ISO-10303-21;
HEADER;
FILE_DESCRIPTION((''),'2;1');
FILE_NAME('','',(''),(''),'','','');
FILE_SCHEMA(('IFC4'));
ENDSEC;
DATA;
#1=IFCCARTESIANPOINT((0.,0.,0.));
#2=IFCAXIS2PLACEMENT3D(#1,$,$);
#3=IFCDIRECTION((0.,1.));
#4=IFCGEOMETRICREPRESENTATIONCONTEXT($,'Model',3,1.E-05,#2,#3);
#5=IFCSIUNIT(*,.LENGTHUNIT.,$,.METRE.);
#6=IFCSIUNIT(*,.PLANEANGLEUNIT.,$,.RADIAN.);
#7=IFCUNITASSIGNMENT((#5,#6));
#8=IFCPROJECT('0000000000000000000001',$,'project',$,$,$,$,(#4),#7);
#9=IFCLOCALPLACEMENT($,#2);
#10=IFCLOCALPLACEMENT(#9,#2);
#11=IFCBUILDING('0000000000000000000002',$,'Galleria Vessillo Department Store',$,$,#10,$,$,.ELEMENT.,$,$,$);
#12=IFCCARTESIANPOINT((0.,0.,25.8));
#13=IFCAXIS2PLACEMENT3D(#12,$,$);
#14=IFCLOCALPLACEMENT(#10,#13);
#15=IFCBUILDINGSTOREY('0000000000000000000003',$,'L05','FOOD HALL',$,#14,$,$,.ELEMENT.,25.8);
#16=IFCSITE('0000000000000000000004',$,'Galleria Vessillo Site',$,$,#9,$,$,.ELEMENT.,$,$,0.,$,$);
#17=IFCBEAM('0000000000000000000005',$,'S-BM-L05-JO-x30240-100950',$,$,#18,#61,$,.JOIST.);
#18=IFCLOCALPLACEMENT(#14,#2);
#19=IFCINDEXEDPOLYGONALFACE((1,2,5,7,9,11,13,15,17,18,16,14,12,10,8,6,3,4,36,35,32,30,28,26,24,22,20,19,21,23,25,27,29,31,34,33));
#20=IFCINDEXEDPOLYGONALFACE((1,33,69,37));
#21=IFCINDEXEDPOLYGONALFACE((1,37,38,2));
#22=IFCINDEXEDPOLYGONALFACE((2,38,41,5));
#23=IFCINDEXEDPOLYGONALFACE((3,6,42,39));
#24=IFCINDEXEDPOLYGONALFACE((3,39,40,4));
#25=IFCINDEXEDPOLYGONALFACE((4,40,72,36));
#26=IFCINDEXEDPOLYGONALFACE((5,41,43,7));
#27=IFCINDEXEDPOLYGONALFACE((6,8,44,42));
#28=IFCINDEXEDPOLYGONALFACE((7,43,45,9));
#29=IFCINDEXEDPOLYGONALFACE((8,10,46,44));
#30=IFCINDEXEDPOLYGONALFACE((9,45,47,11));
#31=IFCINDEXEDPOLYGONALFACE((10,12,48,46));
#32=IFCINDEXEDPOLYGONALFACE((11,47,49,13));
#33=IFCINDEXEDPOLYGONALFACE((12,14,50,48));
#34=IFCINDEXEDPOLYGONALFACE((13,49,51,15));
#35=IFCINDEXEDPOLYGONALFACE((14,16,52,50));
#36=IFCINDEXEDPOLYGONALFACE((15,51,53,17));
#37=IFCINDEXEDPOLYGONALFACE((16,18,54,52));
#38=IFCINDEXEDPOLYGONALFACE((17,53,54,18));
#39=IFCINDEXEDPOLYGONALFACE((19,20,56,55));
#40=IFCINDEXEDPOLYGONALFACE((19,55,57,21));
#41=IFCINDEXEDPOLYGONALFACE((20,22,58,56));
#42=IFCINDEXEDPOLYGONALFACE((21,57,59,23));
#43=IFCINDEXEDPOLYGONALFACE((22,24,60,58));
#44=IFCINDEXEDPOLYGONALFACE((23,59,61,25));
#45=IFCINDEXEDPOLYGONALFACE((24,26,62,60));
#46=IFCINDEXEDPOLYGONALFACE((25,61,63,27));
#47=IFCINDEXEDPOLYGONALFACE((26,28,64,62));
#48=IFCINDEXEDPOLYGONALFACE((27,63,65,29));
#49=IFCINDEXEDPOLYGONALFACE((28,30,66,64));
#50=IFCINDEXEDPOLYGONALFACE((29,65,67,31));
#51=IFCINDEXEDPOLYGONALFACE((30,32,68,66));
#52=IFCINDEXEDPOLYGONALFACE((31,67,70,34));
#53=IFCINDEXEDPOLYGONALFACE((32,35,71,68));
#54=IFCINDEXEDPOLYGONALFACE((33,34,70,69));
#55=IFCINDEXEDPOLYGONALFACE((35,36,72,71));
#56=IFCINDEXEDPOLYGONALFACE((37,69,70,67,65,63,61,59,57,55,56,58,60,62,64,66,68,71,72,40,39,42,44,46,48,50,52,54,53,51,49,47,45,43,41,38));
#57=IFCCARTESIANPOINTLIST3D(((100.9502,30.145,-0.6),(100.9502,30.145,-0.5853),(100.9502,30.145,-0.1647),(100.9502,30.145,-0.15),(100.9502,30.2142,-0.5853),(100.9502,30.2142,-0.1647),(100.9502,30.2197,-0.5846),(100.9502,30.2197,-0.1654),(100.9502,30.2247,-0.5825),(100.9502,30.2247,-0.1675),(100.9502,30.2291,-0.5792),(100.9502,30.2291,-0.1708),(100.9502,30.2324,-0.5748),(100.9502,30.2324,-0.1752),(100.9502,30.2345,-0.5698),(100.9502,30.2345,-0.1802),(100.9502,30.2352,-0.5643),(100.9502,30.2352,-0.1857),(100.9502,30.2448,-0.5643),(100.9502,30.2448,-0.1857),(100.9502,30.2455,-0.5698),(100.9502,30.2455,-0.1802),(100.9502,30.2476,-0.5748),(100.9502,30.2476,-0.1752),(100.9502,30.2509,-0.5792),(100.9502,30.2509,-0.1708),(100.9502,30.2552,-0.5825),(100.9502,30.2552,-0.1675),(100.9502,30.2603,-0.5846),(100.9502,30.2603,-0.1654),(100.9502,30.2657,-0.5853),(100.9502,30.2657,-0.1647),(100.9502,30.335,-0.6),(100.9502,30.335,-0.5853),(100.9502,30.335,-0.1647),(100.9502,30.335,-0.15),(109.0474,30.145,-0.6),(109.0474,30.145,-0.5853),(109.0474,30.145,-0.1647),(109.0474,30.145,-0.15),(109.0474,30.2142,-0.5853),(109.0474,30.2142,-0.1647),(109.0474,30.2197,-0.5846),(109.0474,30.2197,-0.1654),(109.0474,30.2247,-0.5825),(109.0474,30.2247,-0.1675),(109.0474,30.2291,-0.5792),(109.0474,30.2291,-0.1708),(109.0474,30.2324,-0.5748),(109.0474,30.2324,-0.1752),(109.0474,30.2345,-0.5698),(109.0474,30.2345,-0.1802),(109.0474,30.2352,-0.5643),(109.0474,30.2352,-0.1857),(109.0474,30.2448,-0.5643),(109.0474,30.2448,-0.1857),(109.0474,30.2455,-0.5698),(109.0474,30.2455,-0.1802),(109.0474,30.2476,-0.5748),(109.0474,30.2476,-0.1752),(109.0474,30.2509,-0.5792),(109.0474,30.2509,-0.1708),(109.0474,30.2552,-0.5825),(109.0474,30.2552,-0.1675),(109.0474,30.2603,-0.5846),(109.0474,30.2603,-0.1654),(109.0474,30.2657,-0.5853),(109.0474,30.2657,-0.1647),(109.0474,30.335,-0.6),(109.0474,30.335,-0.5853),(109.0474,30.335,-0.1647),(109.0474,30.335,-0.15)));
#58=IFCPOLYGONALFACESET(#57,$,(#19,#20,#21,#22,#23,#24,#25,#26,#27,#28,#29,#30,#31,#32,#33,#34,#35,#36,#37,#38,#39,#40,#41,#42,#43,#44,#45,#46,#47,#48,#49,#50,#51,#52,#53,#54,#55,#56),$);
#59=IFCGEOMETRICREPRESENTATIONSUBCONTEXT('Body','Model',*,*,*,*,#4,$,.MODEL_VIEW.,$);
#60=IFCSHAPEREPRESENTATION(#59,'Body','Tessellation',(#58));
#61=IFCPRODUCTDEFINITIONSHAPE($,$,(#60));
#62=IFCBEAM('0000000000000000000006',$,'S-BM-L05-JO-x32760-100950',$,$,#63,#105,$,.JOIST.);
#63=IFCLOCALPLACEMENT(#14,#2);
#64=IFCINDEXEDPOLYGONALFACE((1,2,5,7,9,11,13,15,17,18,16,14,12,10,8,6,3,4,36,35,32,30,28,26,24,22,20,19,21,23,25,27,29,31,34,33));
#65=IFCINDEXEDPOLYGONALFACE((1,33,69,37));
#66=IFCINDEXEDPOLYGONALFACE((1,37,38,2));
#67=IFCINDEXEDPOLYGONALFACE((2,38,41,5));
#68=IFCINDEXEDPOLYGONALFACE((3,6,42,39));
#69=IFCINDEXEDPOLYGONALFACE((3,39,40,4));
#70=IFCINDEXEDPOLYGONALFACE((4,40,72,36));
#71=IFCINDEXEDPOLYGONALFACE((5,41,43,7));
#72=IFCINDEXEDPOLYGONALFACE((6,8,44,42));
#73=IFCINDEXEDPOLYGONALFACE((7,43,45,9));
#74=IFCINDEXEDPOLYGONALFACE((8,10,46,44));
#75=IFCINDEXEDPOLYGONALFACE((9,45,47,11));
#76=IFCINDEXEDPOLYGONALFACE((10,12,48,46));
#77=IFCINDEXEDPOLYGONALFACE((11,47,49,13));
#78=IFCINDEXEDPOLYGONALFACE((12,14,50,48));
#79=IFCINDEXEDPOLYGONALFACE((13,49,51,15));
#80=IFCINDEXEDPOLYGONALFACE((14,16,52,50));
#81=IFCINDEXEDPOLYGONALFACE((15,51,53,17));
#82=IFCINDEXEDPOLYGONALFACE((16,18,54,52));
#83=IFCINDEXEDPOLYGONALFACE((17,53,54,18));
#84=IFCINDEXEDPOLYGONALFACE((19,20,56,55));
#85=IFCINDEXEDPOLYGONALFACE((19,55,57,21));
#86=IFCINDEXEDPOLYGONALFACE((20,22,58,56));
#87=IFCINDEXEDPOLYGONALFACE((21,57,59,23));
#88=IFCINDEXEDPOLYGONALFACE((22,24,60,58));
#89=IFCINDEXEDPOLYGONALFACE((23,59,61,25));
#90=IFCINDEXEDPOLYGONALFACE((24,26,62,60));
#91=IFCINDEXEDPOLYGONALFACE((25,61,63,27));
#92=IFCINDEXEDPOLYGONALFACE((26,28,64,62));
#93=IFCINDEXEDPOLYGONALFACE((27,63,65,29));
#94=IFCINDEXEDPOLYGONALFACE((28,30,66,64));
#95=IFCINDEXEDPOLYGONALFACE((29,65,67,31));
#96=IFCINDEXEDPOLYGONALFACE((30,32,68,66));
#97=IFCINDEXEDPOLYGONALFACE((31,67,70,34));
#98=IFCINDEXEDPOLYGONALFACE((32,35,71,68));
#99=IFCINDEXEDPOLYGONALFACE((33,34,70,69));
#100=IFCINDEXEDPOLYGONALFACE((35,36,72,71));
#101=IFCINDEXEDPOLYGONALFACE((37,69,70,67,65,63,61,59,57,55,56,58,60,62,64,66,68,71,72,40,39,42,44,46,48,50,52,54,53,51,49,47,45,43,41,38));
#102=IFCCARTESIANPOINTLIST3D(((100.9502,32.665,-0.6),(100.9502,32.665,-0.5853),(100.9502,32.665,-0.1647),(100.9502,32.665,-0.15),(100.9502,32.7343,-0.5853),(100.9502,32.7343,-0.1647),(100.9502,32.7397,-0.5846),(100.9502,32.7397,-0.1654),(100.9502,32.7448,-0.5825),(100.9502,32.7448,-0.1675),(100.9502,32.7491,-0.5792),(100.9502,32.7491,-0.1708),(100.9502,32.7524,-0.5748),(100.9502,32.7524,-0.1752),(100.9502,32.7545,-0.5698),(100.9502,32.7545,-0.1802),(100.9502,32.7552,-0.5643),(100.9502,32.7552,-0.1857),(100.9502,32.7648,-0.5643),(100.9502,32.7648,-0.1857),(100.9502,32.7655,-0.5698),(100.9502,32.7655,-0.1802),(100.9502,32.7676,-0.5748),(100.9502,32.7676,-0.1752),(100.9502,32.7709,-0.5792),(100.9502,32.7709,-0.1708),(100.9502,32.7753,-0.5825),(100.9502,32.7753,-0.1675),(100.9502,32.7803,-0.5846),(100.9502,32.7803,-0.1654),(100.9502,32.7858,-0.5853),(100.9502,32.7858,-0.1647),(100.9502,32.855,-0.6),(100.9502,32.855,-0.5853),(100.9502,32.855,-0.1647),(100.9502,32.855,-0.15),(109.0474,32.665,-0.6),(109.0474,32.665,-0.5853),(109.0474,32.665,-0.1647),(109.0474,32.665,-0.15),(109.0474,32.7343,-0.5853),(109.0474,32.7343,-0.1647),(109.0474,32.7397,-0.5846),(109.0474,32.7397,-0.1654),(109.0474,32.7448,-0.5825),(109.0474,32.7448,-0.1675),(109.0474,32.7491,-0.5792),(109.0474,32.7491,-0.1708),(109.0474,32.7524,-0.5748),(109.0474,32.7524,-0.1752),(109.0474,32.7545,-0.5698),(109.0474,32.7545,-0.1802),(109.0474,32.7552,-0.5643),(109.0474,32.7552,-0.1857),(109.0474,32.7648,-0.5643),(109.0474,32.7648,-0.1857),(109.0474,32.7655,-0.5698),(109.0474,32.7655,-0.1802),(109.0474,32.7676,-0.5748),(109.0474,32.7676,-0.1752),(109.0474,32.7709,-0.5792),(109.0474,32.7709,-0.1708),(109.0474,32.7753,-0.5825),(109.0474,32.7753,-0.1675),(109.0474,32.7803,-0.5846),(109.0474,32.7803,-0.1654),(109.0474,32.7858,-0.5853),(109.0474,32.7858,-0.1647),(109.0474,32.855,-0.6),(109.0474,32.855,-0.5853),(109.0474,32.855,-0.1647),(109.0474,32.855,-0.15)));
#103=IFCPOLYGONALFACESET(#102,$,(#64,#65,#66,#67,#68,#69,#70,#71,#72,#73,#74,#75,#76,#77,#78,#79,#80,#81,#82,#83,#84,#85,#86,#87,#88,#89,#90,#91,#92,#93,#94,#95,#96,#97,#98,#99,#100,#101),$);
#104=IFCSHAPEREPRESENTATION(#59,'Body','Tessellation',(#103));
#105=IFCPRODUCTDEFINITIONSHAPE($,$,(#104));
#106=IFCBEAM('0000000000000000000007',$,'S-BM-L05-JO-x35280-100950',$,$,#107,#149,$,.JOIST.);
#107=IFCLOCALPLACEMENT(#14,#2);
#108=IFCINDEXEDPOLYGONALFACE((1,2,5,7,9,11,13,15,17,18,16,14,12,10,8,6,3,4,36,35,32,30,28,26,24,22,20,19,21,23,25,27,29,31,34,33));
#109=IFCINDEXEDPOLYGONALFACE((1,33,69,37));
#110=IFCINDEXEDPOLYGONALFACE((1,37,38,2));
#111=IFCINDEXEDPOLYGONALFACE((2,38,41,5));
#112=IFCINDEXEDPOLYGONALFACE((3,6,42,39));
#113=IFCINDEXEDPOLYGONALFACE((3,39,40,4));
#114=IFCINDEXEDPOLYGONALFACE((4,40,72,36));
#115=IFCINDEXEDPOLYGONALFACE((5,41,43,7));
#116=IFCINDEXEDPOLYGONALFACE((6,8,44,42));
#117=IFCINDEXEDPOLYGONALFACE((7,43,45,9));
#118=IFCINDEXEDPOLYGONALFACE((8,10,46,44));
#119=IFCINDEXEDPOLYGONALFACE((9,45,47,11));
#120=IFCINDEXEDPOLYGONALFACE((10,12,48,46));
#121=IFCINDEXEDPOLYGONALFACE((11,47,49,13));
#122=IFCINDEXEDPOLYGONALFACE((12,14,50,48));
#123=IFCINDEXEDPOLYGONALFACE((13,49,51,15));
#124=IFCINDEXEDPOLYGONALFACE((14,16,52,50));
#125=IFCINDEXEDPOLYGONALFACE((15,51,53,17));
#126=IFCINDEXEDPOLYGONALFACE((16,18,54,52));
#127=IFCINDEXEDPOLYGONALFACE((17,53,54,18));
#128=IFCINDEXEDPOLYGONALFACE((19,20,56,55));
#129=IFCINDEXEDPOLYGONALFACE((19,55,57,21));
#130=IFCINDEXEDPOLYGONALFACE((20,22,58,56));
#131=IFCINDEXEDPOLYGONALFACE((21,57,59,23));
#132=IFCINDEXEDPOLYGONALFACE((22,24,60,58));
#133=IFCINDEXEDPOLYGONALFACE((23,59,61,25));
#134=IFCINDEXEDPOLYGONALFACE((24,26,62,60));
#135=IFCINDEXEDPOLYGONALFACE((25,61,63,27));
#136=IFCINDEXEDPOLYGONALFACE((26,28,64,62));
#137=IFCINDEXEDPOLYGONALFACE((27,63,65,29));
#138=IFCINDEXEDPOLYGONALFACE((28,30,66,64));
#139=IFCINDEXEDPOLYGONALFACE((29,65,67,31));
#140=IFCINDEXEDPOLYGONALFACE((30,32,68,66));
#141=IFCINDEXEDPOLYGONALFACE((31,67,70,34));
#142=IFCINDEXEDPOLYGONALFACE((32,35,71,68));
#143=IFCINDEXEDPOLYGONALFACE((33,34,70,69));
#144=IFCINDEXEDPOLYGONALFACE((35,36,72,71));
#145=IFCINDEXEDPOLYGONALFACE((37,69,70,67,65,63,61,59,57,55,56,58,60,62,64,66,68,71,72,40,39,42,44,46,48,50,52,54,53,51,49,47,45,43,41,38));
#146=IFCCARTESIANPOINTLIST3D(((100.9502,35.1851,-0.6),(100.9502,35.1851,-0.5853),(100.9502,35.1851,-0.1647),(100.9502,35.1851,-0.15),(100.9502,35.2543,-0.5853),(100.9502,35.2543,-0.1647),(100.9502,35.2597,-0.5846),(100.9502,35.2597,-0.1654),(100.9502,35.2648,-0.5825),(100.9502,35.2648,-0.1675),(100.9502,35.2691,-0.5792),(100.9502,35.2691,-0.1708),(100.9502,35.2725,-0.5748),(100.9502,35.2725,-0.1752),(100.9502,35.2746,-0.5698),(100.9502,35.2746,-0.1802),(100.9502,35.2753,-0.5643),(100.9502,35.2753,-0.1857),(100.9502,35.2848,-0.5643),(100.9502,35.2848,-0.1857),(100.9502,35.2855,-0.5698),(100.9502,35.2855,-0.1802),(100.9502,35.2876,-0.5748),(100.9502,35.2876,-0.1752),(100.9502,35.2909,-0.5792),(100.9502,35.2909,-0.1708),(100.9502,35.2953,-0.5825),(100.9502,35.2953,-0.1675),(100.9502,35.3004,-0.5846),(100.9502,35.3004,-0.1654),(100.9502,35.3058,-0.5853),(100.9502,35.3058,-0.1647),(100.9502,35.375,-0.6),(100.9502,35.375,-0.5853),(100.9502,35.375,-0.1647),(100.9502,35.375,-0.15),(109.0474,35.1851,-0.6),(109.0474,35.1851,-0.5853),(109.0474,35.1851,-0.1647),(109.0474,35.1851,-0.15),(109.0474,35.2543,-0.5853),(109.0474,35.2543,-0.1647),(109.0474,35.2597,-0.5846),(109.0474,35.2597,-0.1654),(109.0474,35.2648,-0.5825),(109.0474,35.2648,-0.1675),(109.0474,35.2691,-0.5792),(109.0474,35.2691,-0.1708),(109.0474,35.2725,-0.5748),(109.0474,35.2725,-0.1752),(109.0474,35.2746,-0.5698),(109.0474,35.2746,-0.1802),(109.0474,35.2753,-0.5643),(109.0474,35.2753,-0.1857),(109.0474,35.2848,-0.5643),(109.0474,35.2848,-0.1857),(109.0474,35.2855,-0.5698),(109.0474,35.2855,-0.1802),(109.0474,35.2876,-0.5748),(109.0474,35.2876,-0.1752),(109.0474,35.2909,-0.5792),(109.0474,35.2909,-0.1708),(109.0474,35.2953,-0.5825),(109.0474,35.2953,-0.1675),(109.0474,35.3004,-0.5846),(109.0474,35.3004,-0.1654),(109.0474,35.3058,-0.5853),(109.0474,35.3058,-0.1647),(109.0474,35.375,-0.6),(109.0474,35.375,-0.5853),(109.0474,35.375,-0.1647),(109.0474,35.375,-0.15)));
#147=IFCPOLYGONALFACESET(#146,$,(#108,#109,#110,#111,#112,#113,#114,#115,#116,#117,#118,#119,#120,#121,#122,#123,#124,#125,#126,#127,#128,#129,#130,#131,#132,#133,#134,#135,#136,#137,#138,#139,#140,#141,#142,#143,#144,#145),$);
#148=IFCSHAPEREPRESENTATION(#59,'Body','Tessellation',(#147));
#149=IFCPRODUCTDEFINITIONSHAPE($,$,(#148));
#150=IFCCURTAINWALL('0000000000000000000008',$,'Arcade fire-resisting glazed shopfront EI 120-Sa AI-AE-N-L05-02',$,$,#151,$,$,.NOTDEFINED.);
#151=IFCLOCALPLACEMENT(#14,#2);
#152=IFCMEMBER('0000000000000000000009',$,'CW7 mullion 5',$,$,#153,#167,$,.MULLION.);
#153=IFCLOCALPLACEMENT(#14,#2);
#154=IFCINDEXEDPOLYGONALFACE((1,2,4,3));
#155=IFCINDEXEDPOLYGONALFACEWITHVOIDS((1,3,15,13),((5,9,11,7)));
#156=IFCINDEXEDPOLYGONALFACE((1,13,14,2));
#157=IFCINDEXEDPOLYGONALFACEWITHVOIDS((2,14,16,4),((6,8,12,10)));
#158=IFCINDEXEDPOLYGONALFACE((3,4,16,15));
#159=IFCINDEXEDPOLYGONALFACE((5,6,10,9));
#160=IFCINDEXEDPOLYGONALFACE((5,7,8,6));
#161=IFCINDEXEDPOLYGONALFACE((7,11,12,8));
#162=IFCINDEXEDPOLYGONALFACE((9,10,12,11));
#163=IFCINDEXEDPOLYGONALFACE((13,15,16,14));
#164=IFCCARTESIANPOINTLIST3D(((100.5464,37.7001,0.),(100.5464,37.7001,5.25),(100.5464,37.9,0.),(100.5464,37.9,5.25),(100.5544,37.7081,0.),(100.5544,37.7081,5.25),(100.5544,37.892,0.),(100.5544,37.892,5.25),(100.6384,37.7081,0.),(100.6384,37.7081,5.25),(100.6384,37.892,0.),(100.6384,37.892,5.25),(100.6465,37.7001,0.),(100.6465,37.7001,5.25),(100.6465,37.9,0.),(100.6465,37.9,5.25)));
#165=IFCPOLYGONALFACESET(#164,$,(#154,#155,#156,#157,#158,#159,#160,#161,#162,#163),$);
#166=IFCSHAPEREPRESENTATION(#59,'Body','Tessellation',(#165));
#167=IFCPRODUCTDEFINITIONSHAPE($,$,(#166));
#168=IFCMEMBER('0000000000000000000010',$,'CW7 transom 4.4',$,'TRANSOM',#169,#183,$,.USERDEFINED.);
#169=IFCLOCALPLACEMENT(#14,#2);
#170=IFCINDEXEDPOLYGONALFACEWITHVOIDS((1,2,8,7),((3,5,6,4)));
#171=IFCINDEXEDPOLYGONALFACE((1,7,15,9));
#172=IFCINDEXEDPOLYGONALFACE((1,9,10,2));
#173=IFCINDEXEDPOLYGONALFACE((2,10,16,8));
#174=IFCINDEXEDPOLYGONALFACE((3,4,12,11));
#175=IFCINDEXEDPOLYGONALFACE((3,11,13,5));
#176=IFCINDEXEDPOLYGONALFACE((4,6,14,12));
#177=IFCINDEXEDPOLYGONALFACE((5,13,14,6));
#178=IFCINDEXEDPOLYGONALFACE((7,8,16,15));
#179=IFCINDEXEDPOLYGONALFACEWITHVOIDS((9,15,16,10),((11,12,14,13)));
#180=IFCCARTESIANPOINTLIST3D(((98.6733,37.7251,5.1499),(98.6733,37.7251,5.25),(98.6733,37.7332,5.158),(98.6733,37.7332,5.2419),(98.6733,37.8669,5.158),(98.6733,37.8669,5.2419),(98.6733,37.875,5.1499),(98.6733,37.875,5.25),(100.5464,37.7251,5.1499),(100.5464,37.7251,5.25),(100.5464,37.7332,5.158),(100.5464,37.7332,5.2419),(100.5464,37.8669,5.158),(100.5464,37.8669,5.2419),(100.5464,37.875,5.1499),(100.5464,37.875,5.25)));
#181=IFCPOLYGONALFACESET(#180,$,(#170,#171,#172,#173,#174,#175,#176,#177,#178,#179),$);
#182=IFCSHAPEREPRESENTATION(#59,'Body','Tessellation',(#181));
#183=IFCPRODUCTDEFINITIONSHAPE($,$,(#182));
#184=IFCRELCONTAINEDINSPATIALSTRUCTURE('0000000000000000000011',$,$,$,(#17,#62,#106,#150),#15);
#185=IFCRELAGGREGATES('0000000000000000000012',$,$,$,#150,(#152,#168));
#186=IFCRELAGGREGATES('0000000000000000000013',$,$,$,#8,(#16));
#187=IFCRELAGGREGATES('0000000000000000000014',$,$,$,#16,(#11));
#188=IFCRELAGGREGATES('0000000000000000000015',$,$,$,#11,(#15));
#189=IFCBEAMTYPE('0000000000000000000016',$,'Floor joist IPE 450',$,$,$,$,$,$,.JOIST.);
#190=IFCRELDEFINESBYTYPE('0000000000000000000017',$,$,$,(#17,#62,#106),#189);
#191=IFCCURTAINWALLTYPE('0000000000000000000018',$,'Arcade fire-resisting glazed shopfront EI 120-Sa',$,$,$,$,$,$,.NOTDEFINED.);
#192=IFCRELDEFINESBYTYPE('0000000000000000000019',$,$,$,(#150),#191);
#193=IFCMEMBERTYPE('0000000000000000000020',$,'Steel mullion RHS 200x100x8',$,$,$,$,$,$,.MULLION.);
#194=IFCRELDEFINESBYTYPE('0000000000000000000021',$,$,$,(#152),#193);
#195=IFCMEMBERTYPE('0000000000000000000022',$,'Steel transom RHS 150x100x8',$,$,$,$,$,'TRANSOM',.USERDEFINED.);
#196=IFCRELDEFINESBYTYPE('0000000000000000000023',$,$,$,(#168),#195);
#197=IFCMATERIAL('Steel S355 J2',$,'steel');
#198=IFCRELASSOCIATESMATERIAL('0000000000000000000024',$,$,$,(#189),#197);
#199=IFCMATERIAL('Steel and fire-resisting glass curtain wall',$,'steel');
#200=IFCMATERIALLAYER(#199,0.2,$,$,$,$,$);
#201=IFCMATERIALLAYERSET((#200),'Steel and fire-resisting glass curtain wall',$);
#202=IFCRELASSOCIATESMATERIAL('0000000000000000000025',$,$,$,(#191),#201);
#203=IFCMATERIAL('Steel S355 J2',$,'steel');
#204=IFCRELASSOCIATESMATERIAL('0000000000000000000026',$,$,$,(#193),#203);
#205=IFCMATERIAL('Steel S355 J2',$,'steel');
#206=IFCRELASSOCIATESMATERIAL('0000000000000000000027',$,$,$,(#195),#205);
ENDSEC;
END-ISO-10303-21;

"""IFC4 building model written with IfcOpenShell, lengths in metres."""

from ifc_helpers import new_model, si_unit, direction, frame, origin, origin_2d, place, context, subcontext, project, spatial, hollow_rectangle, i_section, extrude, material, layer, layer_set, material_profile, profile_set, type_object, element, aggregate, save


model = new_model("IFC4")

# Units and contexts
model_context = context("Model", 3, precision=1e-05, world=origin(), true_north=direction((0.0, 1.0)))
body_context = subcontext(model_context, "Body", "Model", "MODEL_VIEW")
ifc_project = project(units=[si_unit("LENGTHUNIT", "METRE"), si_unit("PLANEANGLEUNIT", "RADIAN")], contexts=[model_context])

# Site, building, storey
site_placement = place(None, origin())
site = spatial("IfcSite", under=ifc_project, at=site_placement, Name="Galleria Vessillo Site", CompositionType="ELEMENT", RefElevation=0.0)
building_placement = place(site_placement, origin())
building = spatial("IfcBuilding", under=site, at=building_placement, Name="Galleria Vessillo Department Store", CompositionType="ELEMENT")
storey_placement = place(building_placement, frame((0.0, 0.0, 25.8)))
storey = spatial("IfcBuildingStorey", under=building, at=storey_placement, Name="L05", Description="FOOD HALL", CompositionType="ELEMENT", Elevation=25.8)

# Beams
ifc_material_1 = material(Name="Steel S355 J2", Category="steel")
ifc_material_profile_1 = material_profile(ifc_material_1, i_section(OverallWidth=0.1899, OverallDepth=0.45, WebThickness=0.0095, FlangeThickness=0.0146, FilletRadius=0.021, at=origin_2d()), Name="IPE 450")
ifc_profile_set_1 = profile_set([ifc_material_profile_1], Name="Steel S355 J2")
beam_type_1 = type_object("IfcBeamType", Name="Floor joist IPE 450", PredefinedType="JOIST", material=ifc_profile_set_1)
for number, where, z_axis, x_axis, name in (
    (1, (100.9502, 30.24, -0.375), (1.0, 0.0, 0.0), (0.0, 1.0, 0.0), "S-BM-L05-JO-x30240-100950"),
    (2, (100.9502, 32.76, -0.375), (1.0, 0.0, 0.0), (0.0, 1.0, 0.0), "S-BM-L05-JO-x32760-100950"),
    (3, (100.9502, 35.28, -0.375), (1.0, 0.0, 0.0), (0.0, 1.0, 0.0), "S-BM-L05-JO-x35280-100950"),
):
    element("IfcBeam", number, at=place(storey_placement, frame(where, z_axis=z_axis, x_axis=x_axis)), inside=storey, type_object=beam_type_1, Name=name, PredefinedType="JOIST", context=body_context, shape_type="SweptSolid", body=[
        extrude(i_section(OverallWidth=0.1899, OverallDepth=0.45, WebThickness=0.0095, FlangeThickness=0.0146, FilletRadius=0.021, at=origin_2d()), origin(), (0.0, 0.0, 1.0), 8.0972),
    ])

# Curtain wall, members
ifc_material_2 = material(Name="Steel and fire-resisting glass curtain wall", Category="steel")
ifc_layer_1 = layer(ifc_material_2, 0.2)
ifc_layer_set_1 = layer_set([ifc_layer_1], Name="Steel and fire-resisting glass curtain wall")
curtain_wall_type = type_object("IfcCurtainWallType", Name="Arcade fire-resisting glazed shopfront EI 120-Sa", PredefinedType="NOTDEFINED", material=ifc_layer_set_1)
curtain_wall_placement = place(storey_placement, origin())
curtain_wall = element("IfcCurtainWall", 4, at=curtain_wall_placement, inside=storey, type_object=curtain_wall_type, Name="Arcade fire-resisting glazed shopfront EI 120-Sa AI-AE-N-L05-02", PredefinedType="NOTDEFINED")
ifc_material_3 = material(Name="Steel S355 J2", Category="steel")
ifc_material_profile_2 = material_profile(ifc_material_3, hollow_rectangle(XDim=0.2, YDim=0.1001, WallThickness=0.0081, at=origin_2d()), Name="RHS 200x100x8")
ifc_profile_set_2 = profile_set([ifc_material_profile_2], Name="Steel S355 J2")
member_type_1 = type_object("IfcMemberType", Name="Steel mullion RHS 200x100x8", PredefinedType="MULLION", material=ifc_profile_set_2)
member_1_placement = place(storey_placement, frame((100.5964, 37.8, 0.0), z_axis=(0.0, 0.0, 1.0), x_axis=(0.0, 1.0, 0.0)))
member_1 = element("IfcMember", 5, at=member_1_placement, type_object=member_type_1, Name="CW7 mullion 5", PredefinedType="MULLION", context=body_context, shape_type="SweptSolid", body=[
    extrude(hollow_rectangle(XDim=0.2, YDim=0.1001, WallThickness=0.0081, at=origin_2d()), origin(), (0.0, 0.0, 1.0), 5.25),
])
ifc_material_4 = material(Name="Steel S355 J2", Category="steel")
ifc_material_profile_3 = material_profile(ifc_material_4, hollow_rectangle(XDim=0.1499, YDim=0.1001, WallThickness=0.0081, at=origin_2d()), Name="RHS 150x100x8")
ifc_profile_set_3 = profile_set([ifc_material_profile_3], Name="Steel S355 J2")
member_type_2 = type_object("IfcMemberType", Name="Steel transom RHS 150x100x8", ElementType="TRANSOM", PredefinedType="USERDEFINED", material=ifc_profile_set_3)
member_2_placement = place(storey_placement, frame((98.6733, 37.8, 5.2), z_axis=(1.0, 0.0, 0.0), x_axis=(0.0, 1.0, 0.0)))
member_2 = element("IfcMember", 6, at=member_2_placement, type_object=member_type_2, Name="CW7 transom 4.4", ObjectType="TRANSOM", PredefinedType="USERDEFINED", context=body_context, shape_type="SweptSolid", body=[
    extrude(hollow_rectangle(XDim=0.1499, YDim=0.1001, WallThickness=0.0081, at=origin_2d()), origin(), (0.0, 0.0, 1.0), 1.873),
])

aggregate(curtain_wall, [member_1, member_2])

save(model, "model.ifc")
